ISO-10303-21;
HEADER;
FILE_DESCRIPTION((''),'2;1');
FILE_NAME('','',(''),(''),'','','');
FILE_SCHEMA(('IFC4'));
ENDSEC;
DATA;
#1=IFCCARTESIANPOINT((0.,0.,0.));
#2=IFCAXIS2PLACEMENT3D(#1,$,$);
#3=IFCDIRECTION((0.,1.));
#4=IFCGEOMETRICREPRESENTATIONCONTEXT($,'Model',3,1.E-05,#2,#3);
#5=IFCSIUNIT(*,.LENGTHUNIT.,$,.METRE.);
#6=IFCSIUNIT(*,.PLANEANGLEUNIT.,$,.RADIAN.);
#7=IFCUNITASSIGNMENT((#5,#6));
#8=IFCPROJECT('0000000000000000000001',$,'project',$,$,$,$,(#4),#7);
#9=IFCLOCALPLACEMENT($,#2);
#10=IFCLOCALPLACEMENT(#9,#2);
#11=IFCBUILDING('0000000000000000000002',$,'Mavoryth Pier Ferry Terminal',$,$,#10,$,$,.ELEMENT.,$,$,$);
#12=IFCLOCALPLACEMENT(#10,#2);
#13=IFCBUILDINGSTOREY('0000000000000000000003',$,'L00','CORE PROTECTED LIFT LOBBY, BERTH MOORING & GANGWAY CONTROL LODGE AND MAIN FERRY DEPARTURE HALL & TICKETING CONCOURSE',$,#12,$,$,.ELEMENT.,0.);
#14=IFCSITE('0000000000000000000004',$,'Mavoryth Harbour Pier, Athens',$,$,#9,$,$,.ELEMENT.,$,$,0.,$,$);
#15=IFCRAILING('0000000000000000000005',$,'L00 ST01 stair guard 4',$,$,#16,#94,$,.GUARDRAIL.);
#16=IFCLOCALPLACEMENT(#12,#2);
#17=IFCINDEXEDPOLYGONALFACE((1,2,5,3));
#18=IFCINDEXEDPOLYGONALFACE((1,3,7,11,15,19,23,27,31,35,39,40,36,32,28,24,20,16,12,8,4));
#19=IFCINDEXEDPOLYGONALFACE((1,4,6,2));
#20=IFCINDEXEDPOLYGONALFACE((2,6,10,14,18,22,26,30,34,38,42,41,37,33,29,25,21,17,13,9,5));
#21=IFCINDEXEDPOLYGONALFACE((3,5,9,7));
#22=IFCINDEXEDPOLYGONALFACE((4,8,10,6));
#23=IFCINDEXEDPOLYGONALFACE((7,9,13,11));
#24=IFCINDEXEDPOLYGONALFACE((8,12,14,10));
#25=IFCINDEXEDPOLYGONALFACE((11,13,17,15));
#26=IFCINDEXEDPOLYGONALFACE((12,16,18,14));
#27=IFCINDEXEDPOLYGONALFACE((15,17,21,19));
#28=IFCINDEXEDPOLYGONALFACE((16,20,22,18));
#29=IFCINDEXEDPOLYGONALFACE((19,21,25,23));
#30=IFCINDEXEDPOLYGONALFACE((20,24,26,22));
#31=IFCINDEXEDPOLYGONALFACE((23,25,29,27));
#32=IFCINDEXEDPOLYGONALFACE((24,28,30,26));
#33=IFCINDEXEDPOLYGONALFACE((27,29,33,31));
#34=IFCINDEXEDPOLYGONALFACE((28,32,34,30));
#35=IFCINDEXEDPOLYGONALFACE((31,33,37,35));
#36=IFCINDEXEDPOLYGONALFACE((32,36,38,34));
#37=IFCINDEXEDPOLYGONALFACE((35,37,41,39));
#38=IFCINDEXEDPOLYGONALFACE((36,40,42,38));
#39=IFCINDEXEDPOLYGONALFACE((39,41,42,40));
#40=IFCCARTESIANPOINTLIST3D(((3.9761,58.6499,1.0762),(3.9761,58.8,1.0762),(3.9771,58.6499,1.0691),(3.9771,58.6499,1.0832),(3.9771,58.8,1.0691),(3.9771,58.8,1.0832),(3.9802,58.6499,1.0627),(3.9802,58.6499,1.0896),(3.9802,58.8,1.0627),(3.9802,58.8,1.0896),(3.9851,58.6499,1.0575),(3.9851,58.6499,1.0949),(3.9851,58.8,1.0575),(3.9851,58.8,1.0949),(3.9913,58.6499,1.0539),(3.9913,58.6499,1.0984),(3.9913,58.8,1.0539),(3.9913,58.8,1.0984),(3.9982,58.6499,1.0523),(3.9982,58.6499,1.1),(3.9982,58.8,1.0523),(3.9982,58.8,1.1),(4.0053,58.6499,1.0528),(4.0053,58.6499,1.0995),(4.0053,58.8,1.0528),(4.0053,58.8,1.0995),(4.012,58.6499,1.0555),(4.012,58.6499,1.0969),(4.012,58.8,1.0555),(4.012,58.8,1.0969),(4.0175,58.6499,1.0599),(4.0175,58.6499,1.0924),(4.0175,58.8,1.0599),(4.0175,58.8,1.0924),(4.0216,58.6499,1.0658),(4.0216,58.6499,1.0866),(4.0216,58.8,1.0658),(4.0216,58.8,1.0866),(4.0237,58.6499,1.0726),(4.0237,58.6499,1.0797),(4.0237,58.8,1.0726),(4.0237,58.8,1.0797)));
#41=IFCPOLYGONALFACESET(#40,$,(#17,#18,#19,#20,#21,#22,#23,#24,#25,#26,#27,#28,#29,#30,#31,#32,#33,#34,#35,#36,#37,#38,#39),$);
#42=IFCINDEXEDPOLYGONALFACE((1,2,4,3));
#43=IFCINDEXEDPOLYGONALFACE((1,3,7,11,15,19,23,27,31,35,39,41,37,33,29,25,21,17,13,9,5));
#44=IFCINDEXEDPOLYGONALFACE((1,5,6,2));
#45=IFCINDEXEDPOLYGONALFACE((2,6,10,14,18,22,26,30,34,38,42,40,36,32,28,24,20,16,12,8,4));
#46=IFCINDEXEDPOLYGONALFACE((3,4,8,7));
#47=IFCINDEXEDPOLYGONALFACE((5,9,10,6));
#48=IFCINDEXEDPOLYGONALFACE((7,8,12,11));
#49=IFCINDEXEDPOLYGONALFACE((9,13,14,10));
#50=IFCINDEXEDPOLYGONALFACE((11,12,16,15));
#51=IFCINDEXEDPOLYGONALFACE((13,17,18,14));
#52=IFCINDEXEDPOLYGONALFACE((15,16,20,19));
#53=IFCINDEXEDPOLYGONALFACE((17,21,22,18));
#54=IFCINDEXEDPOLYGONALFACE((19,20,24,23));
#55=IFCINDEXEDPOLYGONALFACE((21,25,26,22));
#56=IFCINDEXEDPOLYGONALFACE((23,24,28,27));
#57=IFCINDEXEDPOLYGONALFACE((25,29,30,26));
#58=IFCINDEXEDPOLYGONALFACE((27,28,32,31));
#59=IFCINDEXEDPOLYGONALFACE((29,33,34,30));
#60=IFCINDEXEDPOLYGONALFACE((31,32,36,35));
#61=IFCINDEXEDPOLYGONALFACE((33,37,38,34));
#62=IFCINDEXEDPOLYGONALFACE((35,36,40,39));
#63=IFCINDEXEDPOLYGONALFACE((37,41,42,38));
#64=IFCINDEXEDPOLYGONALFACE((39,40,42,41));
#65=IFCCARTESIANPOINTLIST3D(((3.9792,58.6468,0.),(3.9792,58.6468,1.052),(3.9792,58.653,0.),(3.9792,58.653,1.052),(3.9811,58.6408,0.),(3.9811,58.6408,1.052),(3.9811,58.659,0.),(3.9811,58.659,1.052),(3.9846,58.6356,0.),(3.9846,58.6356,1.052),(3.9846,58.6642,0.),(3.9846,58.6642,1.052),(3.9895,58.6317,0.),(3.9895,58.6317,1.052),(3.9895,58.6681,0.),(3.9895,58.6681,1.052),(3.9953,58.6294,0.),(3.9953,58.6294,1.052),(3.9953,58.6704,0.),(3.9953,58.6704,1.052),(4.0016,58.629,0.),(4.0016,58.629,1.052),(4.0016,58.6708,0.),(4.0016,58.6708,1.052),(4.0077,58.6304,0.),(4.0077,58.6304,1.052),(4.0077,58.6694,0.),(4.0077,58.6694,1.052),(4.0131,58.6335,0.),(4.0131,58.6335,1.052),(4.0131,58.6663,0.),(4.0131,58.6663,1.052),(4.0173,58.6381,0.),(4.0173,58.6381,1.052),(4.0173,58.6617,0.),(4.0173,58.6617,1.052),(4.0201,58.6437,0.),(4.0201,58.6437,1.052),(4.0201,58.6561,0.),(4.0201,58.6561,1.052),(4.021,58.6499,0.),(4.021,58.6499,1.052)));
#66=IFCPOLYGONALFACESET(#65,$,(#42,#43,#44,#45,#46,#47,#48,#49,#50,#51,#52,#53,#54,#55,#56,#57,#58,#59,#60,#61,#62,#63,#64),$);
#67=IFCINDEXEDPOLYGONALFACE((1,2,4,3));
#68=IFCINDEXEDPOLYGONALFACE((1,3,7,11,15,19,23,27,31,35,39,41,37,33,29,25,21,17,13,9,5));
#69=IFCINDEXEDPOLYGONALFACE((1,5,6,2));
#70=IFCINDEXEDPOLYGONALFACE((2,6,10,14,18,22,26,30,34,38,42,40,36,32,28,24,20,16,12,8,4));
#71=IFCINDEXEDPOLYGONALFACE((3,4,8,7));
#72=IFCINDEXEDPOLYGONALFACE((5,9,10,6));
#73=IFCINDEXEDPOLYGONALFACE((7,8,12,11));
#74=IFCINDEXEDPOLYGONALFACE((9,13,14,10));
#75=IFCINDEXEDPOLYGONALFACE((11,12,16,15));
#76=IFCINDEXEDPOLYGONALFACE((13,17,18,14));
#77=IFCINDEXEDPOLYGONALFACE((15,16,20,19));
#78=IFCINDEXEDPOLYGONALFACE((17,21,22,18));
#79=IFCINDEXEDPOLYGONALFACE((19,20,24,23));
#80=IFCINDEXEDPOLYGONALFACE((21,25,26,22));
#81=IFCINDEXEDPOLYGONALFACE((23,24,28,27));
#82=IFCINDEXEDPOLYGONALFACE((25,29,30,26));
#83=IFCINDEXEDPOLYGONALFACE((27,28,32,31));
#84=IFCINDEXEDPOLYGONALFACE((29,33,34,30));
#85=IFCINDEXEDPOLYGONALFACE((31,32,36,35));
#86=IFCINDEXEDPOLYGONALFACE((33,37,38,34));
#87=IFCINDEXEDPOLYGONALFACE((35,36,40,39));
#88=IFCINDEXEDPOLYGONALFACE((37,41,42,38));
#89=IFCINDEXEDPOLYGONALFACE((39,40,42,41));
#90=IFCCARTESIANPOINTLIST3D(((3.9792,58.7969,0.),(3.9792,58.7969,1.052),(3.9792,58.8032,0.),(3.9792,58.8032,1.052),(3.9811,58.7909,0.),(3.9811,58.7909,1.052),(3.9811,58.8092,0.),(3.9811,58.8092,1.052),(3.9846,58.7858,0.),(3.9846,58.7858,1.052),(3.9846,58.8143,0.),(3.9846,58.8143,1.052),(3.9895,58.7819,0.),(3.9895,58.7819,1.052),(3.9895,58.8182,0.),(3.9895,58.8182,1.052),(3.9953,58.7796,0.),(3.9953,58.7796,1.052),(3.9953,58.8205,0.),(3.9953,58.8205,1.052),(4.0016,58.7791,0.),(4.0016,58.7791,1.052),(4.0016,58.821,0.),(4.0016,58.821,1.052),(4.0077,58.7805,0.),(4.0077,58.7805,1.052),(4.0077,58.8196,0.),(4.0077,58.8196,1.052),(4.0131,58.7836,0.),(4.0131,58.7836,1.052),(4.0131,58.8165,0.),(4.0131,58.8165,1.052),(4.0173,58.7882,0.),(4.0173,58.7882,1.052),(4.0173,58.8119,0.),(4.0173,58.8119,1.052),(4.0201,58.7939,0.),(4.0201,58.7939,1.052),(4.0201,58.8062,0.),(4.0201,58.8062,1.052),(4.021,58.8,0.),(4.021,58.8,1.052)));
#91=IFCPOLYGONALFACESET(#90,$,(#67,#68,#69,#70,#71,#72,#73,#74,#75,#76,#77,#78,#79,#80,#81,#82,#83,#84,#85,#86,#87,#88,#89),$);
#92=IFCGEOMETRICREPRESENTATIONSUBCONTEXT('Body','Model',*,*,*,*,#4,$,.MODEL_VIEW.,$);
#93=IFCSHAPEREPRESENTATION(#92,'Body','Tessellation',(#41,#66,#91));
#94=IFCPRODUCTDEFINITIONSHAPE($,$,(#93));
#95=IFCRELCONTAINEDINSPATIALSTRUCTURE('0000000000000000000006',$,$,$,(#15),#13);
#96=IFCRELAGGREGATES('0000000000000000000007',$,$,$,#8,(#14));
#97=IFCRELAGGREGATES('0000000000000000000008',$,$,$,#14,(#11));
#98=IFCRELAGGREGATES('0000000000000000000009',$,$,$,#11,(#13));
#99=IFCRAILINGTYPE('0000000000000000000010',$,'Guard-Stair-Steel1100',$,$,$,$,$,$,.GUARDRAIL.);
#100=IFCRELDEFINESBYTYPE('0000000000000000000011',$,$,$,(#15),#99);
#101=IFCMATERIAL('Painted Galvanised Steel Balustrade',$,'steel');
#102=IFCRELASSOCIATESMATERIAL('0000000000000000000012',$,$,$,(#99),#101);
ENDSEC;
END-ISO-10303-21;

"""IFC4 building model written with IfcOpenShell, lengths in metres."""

from ifc_helpers import new_model, si_unit, direction, frame, origin, origin_2d, place, context, subcontext, project, spatial, circle, extrude, material, type_object, element, save


model = new_model("IFC4")

# Units and contexts
model_context = context("Model", 3, precision=1e-05, world=origin(), true_north=direction((0.0, 1.0)))
body_context = subcontext(model_context, "Body", "Model", "MODEL_VIEW")
ifc_project = project(units=[si_unit("LENGTHUNIT", "METRE"), si_unit("PLANEANGLEUNIT", "RADIAN")], contexts=[model_context])

# Site, building, storey
site_placement = place(None, origin())
site = spatial("IfcSite", under=ifc_project, at=site_placement, Name="Mavoryth Harbour Pier, Athens", CompositionType="ELEMENT", RefElevation=0.0)
building_placement = place(site_placement, origin())
building = spatial("IfcBuilding", under=site, at=building_placement, Name="Mavoryth Pier Ferry Terminal", CompositionType="ELEMENT")
storey_placement = place(building_placement, origin())
storey = spatial("IfcBuildingStorey", under=building, at=storey_placement, Name="L00", Description="CORE PROTECTED LIFT LOBBY, BERTH MOORING & GANGWAY CONTROL LODGE AND MAIN FERRY DEPARTURE HALL & TICKETING CONCOURSE", CompositionType="ELEMENT", Elevation=0.0)

# Railing
ifc_material_1 = material(Name="Painted Galvanised Steel Balustrade", Category="steel")
railing_type_1 = type_object("IfcRailingType", Name="Guard-Stair-Steel1100", PredefinedType="GUARDRAIL", material=ifc_material_1)
railing_1_placement = place(storey_placement, frame((4.0, 58.6499, 0.0)))
element("IfcRailing", 1, at=railing_1_placement, inside=storey, type_object=railing_type_1, Name="L00 ST01 stair guard 4", PredefinedType="GUARDRAIL", context=body_context, shape_type="SweptSolid", body=[
    extrude(circle(Radius=0.0239, at=origin_2d()), frame((0.0, 0.0, 1.0762), z_axis=(0.0, 1.0, 0.0), x_axis=(-1.0, 0.0, 0.0)), (0.0, 0.0, 1.0), 0.1501),
    extrude(circle(Radius=0.021, at=origin_2d()), origin(), (0.0, 0.0, 1.0), 1.052),
    extrude(circle(Radius=0.021, at=origin_2d()), frame((0.0, 0.1501, 0.0)), (0.0, 0.0, 1.0), 1.052),
])

save(model, "model.ifc")
